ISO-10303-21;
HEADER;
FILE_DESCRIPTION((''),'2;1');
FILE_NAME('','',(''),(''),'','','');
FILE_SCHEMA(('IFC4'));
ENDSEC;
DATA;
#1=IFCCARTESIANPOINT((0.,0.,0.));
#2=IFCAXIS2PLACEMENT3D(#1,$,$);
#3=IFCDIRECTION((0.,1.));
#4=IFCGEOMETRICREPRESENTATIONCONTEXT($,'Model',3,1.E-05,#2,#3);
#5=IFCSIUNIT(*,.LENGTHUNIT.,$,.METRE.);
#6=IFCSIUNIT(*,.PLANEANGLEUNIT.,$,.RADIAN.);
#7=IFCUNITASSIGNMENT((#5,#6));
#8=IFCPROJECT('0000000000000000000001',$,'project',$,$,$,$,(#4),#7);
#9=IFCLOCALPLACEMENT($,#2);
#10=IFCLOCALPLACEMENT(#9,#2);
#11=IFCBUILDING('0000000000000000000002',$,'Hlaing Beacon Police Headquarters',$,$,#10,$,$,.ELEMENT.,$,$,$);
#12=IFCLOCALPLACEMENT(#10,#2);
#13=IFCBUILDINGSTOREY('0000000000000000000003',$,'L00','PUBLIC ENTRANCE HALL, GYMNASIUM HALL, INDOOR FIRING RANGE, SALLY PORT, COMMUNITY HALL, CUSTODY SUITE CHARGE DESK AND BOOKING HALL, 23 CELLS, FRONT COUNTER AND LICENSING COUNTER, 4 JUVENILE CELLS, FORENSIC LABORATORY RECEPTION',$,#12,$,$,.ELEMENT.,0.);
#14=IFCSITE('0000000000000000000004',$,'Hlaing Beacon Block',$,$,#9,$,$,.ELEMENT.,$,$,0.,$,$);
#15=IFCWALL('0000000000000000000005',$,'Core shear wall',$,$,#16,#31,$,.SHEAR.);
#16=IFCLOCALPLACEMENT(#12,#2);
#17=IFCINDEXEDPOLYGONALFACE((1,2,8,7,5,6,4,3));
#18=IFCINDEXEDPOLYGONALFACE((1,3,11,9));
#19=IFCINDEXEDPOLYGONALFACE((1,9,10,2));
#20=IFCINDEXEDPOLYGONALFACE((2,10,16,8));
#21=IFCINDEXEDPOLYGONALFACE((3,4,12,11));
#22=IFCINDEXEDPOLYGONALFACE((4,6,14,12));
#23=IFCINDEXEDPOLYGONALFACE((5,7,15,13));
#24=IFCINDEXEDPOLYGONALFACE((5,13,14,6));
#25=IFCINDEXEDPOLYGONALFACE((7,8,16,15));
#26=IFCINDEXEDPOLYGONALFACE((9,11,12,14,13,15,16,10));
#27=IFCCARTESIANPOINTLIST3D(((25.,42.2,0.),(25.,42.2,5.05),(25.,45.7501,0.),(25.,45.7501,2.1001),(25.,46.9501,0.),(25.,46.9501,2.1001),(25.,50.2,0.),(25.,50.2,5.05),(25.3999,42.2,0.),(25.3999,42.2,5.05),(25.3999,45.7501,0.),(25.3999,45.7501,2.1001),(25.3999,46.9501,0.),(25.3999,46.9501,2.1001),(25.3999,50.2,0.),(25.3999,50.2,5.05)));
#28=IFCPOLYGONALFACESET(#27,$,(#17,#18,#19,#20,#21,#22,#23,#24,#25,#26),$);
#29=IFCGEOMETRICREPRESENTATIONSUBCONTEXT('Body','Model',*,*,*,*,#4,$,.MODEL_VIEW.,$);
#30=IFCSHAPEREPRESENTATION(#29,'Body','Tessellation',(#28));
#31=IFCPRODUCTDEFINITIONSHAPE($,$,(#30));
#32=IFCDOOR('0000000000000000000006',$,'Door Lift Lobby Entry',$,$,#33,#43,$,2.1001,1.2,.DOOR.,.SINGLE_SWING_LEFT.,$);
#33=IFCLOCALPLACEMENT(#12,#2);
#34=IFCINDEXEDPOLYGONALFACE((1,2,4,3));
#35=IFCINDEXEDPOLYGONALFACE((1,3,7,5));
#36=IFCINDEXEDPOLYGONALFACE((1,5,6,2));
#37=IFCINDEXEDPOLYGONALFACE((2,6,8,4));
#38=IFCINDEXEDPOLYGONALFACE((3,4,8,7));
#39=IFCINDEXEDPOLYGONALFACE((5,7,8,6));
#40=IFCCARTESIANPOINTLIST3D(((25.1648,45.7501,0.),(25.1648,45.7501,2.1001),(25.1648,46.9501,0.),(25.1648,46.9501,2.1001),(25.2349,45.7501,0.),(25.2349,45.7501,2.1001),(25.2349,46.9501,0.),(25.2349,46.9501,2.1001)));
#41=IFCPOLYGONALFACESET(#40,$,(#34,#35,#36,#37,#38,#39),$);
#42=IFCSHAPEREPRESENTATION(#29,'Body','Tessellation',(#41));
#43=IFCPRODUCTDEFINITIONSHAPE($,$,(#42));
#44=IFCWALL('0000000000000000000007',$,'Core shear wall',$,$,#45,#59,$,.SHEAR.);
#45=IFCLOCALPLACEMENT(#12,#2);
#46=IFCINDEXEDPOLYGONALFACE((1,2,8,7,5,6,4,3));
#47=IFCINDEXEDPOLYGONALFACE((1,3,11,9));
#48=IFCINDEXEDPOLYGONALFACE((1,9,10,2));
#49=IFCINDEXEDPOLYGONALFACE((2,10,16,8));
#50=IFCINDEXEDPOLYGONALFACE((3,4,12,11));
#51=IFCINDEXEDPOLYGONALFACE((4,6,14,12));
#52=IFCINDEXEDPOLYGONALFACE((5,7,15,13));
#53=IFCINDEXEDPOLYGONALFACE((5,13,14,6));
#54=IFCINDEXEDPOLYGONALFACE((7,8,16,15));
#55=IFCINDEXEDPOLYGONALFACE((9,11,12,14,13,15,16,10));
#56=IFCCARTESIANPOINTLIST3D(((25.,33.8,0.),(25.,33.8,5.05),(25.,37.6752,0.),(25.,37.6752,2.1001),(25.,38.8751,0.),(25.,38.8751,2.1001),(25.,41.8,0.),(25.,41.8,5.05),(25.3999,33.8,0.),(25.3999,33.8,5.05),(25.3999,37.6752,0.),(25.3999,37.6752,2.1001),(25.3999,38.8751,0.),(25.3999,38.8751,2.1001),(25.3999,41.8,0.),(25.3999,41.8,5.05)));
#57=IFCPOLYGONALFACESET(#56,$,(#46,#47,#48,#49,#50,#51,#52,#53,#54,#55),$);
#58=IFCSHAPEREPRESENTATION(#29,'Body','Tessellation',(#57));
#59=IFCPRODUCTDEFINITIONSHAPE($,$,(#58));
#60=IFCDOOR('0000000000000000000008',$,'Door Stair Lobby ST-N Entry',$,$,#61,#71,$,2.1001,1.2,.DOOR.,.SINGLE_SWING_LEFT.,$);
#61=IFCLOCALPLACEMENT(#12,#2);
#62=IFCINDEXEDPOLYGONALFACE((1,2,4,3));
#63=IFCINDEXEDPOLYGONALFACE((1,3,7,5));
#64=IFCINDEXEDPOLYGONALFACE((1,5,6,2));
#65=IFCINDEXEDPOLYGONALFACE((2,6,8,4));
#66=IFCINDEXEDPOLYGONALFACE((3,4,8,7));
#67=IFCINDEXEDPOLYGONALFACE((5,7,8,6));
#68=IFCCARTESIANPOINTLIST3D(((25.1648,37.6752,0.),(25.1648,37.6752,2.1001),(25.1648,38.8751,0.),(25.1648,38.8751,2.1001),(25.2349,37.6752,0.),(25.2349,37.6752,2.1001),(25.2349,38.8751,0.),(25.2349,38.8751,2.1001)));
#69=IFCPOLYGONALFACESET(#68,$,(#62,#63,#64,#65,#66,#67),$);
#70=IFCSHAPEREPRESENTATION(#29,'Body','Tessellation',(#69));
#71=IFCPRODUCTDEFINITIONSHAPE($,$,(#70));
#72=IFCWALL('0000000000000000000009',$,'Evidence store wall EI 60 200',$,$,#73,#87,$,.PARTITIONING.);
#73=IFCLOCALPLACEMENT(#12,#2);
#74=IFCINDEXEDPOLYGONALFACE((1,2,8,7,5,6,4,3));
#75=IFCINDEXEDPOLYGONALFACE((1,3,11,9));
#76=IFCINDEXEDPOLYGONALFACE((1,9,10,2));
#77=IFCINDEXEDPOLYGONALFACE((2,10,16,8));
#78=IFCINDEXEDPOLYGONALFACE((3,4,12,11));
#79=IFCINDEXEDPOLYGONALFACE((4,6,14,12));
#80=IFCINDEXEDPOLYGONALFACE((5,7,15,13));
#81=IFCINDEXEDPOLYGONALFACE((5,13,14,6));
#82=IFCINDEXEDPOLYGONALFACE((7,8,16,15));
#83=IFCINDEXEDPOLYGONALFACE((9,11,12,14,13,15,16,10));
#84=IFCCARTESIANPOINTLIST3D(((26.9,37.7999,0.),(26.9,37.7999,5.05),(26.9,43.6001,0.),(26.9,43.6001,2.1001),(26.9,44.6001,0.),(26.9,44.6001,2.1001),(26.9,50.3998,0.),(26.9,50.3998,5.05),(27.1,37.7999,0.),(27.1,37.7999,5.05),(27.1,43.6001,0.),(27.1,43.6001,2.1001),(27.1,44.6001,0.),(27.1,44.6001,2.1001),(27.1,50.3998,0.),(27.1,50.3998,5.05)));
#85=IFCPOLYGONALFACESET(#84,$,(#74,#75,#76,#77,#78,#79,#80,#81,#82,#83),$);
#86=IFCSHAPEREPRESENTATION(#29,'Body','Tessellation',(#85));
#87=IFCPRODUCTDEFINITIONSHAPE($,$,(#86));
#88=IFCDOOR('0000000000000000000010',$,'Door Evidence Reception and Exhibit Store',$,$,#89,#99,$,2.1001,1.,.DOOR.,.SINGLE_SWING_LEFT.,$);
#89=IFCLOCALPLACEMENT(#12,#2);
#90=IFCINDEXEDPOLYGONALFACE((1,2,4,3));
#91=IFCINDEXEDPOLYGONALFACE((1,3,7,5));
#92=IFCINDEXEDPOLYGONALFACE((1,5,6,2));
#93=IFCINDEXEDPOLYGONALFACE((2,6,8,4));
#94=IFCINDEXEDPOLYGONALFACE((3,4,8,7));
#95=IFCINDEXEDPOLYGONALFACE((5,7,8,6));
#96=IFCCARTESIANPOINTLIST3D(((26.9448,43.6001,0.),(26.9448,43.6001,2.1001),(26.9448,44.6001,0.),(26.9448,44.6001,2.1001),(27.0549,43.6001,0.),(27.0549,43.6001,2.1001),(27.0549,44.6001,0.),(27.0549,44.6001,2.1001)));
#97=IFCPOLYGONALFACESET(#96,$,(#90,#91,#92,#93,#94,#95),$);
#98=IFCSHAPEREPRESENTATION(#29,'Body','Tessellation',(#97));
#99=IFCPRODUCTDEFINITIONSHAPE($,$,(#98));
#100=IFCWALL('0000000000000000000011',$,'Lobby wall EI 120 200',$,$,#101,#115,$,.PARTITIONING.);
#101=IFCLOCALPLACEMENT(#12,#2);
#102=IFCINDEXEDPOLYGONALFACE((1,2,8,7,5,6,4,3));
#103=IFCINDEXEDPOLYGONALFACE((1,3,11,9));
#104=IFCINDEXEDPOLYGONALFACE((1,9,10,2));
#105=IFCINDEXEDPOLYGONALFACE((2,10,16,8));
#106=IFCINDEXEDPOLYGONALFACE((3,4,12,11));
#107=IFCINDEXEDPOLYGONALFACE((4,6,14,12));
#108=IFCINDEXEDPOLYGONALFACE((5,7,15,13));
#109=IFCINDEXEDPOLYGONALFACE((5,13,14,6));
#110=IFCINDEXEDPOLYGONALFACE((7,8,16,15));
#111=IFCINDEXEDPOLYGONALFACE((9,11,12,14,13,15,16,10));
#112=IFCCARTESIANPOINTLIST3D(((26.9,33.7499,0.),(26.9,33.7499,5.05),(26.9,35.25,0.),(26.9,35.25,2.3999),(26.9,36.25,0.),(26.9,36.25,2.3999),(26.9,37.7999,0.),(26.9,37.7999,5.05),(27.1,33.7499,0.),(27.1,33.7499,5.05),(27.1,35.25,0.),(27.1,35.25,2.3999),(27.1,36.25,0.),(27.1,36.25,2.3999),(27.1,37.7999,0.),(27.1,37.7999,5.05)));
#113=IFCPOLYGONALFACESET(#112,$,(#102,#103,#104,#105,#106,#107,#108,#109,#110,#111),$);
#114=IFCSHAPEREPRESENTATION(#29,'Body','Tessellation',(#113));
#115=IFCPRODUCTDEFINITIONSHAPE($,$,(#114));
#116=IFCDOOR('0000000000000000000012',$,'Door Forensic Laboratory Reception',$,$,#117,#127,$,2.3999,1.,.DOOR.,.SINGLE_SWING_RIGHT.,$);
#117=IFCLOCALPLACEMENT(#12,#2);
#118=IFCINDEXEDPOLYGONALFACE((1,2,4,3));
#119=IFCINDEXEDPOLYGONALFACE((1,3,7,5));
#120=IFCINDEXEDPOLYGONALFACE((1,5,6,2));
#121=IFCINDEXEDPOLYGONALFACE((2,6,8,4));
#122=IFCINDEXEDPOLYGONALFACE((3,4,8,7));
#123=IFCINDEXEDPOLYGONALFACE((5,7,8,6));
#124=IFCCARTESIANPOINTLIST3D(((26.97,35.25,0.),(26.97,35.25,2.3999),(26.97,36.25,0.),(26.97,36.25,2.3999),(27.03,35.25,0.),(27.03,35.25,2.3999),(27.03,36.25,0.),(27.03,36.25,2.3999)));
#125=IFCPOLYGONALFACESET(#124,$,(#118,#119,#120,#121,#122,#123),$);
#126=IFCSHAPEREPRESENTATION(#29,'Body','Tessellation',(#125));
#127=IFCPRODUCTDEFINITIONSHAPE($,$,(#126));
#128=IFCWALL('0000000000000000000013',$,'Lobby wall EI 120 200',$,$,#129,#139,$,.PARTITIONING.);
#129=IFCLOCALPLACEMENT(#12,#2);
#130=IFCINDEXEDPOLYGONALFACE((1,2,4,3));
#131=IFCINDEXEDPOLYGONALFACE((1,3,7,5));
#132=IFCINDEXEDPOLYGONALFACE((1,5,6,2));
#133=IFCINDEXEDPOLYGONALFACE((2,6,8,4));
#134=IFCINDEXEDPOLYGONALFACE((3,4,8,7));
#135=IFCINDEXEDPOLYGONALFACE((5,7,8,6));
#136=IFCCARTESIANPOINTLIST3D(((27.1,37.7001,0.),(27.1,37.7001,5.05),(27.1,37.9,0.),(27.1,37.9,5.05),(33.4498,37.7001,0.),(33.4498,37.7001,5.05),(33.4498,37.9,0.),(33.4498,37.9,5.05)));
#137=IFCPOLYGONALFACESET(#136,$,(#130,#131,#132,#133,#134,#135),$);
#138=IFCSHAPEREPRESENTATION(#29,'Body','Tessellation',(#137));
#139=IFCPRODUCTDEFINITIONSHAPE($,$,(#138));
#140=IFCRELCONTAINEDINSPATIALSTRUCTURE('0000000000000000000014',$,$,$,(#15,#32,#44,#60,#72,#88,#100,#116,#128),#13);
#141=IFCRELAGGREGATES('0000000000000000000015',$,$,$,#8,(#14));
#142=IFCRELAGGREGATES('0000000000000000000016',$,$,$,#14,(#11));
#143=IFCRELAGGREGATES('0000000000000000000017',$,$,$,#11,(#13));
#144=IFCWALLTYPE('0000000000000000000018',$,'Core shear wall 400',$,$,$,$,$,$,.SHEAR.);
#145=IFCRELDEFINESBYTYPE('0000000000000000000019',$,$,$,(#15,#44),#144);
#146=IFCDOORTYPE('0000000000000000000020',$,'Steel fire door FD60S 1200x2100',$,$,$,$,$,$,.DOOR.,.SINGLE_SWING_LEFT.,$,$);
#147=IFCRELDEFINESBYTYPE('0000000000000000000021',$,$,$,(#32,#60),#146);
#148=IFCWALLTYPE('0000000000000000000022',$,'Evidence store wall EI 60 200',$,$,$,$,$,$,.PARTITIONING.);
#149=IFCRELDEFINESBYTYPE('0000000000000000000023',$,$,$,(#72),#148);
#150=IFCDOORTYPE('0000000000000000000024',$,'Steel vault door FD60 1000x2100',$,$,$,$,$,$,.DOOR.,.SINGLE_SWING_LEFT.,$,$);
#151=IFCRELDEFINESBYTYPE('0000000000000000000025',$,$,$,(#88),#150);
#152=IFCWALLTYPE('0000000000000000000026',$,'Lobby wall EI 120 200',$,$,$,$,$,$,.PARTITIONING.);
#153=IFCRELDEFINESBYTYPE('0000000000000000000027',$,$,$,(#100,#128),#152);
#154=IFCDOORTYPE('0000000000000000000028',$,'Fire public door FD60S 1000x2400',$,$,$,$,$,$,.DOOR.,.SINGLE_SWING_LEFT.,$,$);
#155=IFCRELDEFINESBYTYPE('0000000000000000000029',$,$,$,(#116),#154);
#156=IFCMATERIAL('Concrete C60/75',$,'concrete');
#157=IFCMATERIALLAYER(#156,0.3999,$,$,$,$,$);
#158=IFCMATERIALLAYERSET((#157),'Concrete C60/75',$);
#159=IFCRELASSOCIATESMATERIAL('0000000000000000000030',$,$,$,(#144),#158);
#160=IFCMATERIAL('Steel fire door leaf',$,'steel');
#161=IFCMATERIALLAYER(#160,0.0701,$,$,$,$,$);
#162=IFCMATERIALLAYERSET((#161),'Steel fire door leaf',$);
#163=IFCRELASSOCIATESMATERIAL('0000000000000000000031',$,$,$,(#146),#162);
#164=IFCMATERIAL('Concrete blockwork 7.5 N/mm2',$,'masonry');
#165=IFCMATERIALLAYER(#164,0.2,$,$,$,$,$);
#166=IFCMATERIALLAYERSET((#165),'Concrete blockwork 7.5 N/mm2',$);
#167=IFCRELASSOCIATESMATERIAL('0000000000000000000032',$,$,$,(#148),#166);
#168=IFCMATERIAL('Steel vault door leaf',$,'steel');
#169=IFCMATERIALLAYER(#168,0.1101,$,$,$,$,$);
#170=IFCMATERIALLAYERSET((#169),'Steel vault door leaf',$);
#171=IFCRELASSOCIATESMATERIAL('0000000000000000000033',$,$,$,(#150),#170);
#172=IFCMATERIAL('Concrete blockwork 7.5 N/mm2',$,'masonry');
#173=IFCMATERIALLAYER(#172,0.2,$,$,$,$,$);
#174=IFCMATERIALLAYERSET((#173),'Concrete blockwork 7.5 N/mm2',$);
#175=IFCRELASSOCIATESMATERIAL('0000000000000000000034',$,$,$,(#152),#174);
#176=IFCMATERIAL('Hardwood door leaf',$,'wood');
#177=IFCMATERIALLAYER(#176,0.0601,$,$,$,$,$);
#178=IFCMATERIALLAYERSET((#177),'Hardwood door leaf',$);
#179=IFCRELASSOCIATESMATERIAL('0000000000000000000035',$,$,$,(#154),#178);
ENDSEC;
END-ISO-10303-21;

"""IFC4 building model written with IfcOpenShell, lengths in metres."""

from ifc_helpers import new_model, si_unit, direction, frame, frame_2d, origin, place, context, subcontext, project, spatial, rectangle, extrude, material, layer, layer_set, type_object, element, fill, save


model = new_model("IFC4")

# Units and contexts
model_context = context("Model", 3, precision=1e-05, world=origin(), true_north=direction((0.0, 1.0)))
body_context = subcontext(model_context, "Body", "Model", "MODEL_VIEW")
ifc_project = project(units=[si_unit("LENGTHUNIT", "METRE"), si_unit("PLANEANGLEUNIT", "RADIAN")], contexts=[model_context])

# Site, building, storey
site_placement = place(None, origin())
site = spatial("IfcSite", under=ifc_project, at=site_placement, Name="Hlaing Beacon Block", CompositionType="ELEMENT", RefElevation=0.0)
building_placement = place(site_placement, origin())
building = spatial("IfcBuilding", under=site, at=building_placement, Name="Hlaing Beacon Police Headquarters", CompositionType="ELEMENT")
storey_placement = place(building_placement, origin())
storey = spatial("IfcBuildingStorey", under=building, at=storey_placement, Name="L00", Description="PUBLIC ENTRANCE HALL, GYMNASIUM HALL, INDOOR FIRING RANGE, SALLY PORT, COMMUNITY HALL, CUSTODY SUITE CHARGE DESK AND BOOKING HALL, 23 CELLS, FRONT COUNTER AND LICENSING COUNTER, 4 JUVENILE CELLS, FORENSIC LABORATORY RECEPTION", CompositionType="ELEMENT", Elevation=0.0)

# Walls, openings, doors
ifc_material_1 = material(Name="Concrete C60/75", Category="concrete")
ifc_layer_1 = layer(ifc_material_1, 0.3999)
ifc_layer_set_1 = layer_set([ifc_layer_1], Name="Concrete C60/75")
wall_type_1 = type_object("IfcWallType", Name="Core shear wall 400", PredefinedType="SHEAR", material=ifc_layer_set_1)
wall_1_placement = place(storey_placement, frame((25.2, 42.2, 0.0), z_axis=(0.0, 0.0, 1.0), x_axis=(0.0, 1.0, 0.0)))
wall_1 = element("IfcWall", 1, at=wall_1_placement, inside=storey, type_object=wall_type_1, Name="Core shear wall", PredefinedType="SHEAR", context=body_context, shape_type="SweptSolid", body=[
    extrude(rectangle(XDim=8.0, YDim=0.3999, at=frame_2d((4.0, 0.0))), origin(), (0.0, 0.0, 1.0), 5.05),
])
opening_1_placement = place(wall_1_placement, frame((3.55, 0.0, 0.0)))
opening_1 = element("IfcOpeningElement", 2, at=opening_1_placement, cuts=wall_1, PredefinedType="OPENING", context=body_context, shape_type="SweptSolid", body=[
    extrude(rectangle(XDim=1.2, YDim=2.1001, at=frame_2d((0.6001, 1.05))), frame((0.0, 0.21, 0.0), z_axis=(0.0, -1.0, 0.0), x_axis=(1.0, 0.0, 0.0)), (0.0, 0.0, 1.0), 0.4199),
])
ifc_material_2 = material(Name="Steel fire door leaf", Category="steel")
ifc_layer_2 = layer(ifc_material_2, 0.0701)
ifc_layer_set_2 = layer_set([ifc_layer_2], Name="Steel fire door leaf")
door_type_1 = type_object("IfcDoorType", Name="Steel fire door FD60S 1200x2100", OperationType="SINGLE_SWING_LEFT", PredefinedType="DOOR", material=ifc_layer_set_2)
door_1_placement = place(opening_1_placement, origin())
door_1 = element("IfcDoor", 3, at=door_1_placement, inside=storey, type_object=door_type_1, Name="Door Lift Lobby Entry", OperationType="SINGLE_SWING_LEFT", OverallHeight=2.1001, OverallWidth=1.2, PredefinedType="DOOR", context=body_context, shape_type="SweptSolid", body=[
    extrude(rectangle(XDim=1.2, YDim=2.1001, at=frame_2d((0.6001, 1.05))), frame((0.0, 0.0352, 0.0), z_axis=(0.0, -1.0, 0.0), x_axis=(1.0, 0.0, 0.0)), (0.0, 0.0, 1.0), 0.0701),
])
fill(opening_1, door_1)
wall_2_placement = place(storey_placement, frame((25.2, 33.8, 0.0), z_axis=(0.0, 0.0, 1.0), x_axis=(0.0, 1.0, 0.0)))
wall_2 = element("IfcWall", 4, at=wall_2_placement, inside=storey, type_object=wall_type_1, Name="Core shear wall", PredefinedType="SHEAR", context=body_context, shape_type="SweptSolid", body=[
    extrude(rectangle(XDim=8.0, YDim=0.3999, at=frame_2d((4.0, 0.0))), origin(), (0.0, 0.0, 1.0), 5.05),
])
opening_2_placement = place(wall_2_placement, frame((3.875, 0.0, 0.0)))
opening_2 = element("IfcOpeningElement", 5, at=opening_2_placement, cuts=wall_2, PredefinedType="OPENING", context=body_context, shape_type="SweptSolid", body=[
    extrude(rectangle(XDim=1.2, YDim=2.1001, at=frame_2d((0.6001, 1.05))), frame((0.0, 0.21, 0.0), z_axis=(0.0, -1.0, 0.0), x_axis=(1.0, 0.0, 0.0)), (0.0, 0.0, 1.0), 0.4199),
])
door_2_placement = place(opening_2_placement, origin())
door_2 = element("IfcDoor", 6, at=door_2_placement, inside=storey, type_object=door_type_1, Name="Door Stair Lobby ST-N Entry", OperationType="SINGLE_SWING_LEFT", OverallHeight=2.1001, OverallWidth=1.2, PredefinedType="DOOR", context=body_context, shape_type="SweptSolid", body=[
    extrude(rectangle(XDim=1.2, YDim=2.1001, at=frame_2d((0.6001, 1.05))), frame((0.0, 0.0352, 0.0), z_axis=(0.0, -1.0, 0.0), x_axis=(1.0, 0.0, 0.0)), (0.0, 0.0, 1.0), 0.0701),
])
fill(opening_2, door_2)
ifc_material_3 = material(Name="Concrete blockwork 7.5 N/mm2", Category="masonry")
ifc_layer_3 = layer(ifc_material_3, 0.2)
ifc_layer_set_3 = layer_set([ifc_layer_3], Name="Concrete blockwork 7.5 N/mm2")
wall_type_2 = type_object("IfcWallType", Name="Evidence store wall EI 60 200", PredefinedType="PARTITIONING", material=ifc_layer_set_3)
wall_3_placement = place(storey_placement, frame((27.0, 37.8, 0.0), z_axis=(0.0, 0.0, 1.0), x_axis=(0.0, 1.0, 0.0)))
wall_3 = element("IfcWall", 7, at=wall_3_placement, inside=storey, type_object=wall_type_2, Name="Evidence store wall EI 60 200", PredefinedType="PARTITIONING", context=body_context, shape_type="SweptSolid", body=[
    extrude(rectangle(XDim=12.5999, YDim=0.2, at=frame_2d((6.2998, 0.0))), origin(), (0.0, 0.0, 1.0), 5.05),
])
opening_3_placement = place(wall_3_placement, frame((5.8, 0.0, 0.0)))
opening_3 = element("IfcOpeningElement", 8, at=opening_3_placement, cuts=wall_3, PredefinedType="OPENING", context=body_context, shape_type="SweptSolid", body=[
    extrude(rectangle(XDim=1.0, YDim=2.1001, at=frame_2d((0.5, 1.05))), frame((0.0, 0.1099, 0.0), z_axis=(0.0, -1.0, 0.0), x_axis=(1.0, 0.0, 0.0)), (0.0, 0.0, 1.0), 0.22),
])
ifc_material_4 = material(Name="Steel vault door leaf", Category="steel")
ifc_layer_4 = layer(ifc_material_4, 0.1101)
ifc_layer_set_4 = layer_set([ifc_layer_4], Name="Steel vault door leaf")
door_type_2 = type_object("IfcDoorType", Name="Steel vault door FD60 1000x2100", OperationType="SINGLE_SWING_LEFT", PredefinedType="DOOR", material=ifc_layer_set_4)
door_3_placement = place(opening_3_placement, frame((1.0, 0.0, 0.0), z_axis=(0.0, 0.0, 1.0), x_axis=(-1.0, 0.0, 0.0)))
door_3 = element("IfcDoor", 9, at=door_3_placement, inside=storey, type_object=door_type_2, Name="Door Evidence Reception and Exhibit Store", OperationType="SINGLE_SWING_LEFT", OverallHeight=2.1001, OverallWidth=1.0, PredefinedType="DOOR", context=body_context, shape_type="SweptSolid", body=[
    extrude(rectangle(XDim=1.0, YDim=2.1001, at=frame_2d((0.5, 1.05))), frame((0.0, 0.0549, 0.0), z_axis=(0.0, -1.0, 0.0), x_axis=(1.0, 0.0, 0.0)), (0.0, 0.0, 1.0), 0.1101),
])
fill(opening_3, door_3)
ifc_material_5 = material(Name="Concrete blockwork 7.5 N/mm2", Category="masonry")
ifc_layer_5 = layer(ifc_material_5, 0.2)
ifc_layer_set_5 = layer_set([ifc_layer_5], Name="Concrete blockwork 7.5 N/mm2")
wall_type_3 = type_object("IfcWallType", Name="Lobby wall EI 120 200", PredefinedType="PARTITIONING", material=ifc_layer_set_5)
wall_4_placement = place(storey_placement, frame((27.0, 33.75, 0.0), z_axis=(0.0, 0.0, 1.0), x_axis=(0.0, 1.0, 0.0)))
wall_4 = element("IfcWall", 10, at=wall_4_placement, inside=storey, type_object=wall_type_3, Name="Lobby wall EI 120 200", PredefinedType="PARTITIONING", context=body_context, shape_type="SweptSolid", body=[
    extrude(rectangle(XDim=4.05, YDim=0.2, at=frame_2d((2.0249, 0.0))), origin(), (0.0, 0.0, 1.0), 5.05),
])
opening_4_placement = place(wall_4_placement, frame((1.5, 0.0, 0.0)))
opening_4 = element("IfcOpeningElement", 11, at=opening_4_placement, cuts=wall_4, PredefinedType="OPENING", context=body_context, shape_type="SweptSolid", body=[
    extrude(rectangle(XDim=1.0, YDim=2.3999, at=frame_2d((0.5, 1.2))), frame((0.0, 0.1099, 0.0), z_axis=(0.0, -1.0, 0.0), x_axis=(1.0, 0.0, 0.0)), (0.0, 0.0, 1.0), 0.22),
])
ifc_material_6 = material(Name="Hardwood door leaf", Category="wood")
ifc_layer_6 = layer(ifc_material_6, 0.0601)
ifc_layer_set_6 = layer_set([ifc_layer_6], Name="Hardwood door leaf")
door_type_3 = type_object("IfcDoorType", Name="Fire public door FD60S 1000x2400", OperationType="SINGLE_SWING_LEFT", PredefinedType="DOOR", material=ifc_layer_set_6)
door_4_placement = place(opening_4_placement, frame((1.0, 0.0, 0.0), z_axis=(0.0, 0.0, 1.0), x_axis=(-1.0, 0.0, 0.0)))
door_4 = element("IfcDoor", 12, at=door_4_placement, inside=storey, type_object=door_type_3, Name="Door Forensic Laboratory Reception", OperationType="SINGLE_SWING_RIGHT", OverallHeight=2.3999, OverallWidth=1.0, PredefinedType="DOOR", context=body_context, shape_type="SweptSolid", body=[
    extrude(rectangle(XDim=1.0, YDim=2.3999, at=frame_2d((0.5, 1.2))), frame((0.0, 0.03, 0.0), z_axis=(0.0, -1.0, 0.0), x_axis=(1.0, 0.0, 0.0)), (0.0, 0.0, 1.0), 0.0601),
])
fill(opening_4, door_4)

# Wall
wall_5_placement = place(storey_placement, frame((27.1001, 37.8, 0.0), z_axis=(0.0, 0.0, 1.0), x_axis=(1.0, 0.0, 0.0)))
element("IfcWall", 13, at=wall_5_placement, inside=storey, type_object=wall_type_3, Name="Lobby wall EI 120 200", PredefinedType="PARTITIONING", context=body_context, shape_type="SweptSolid", body=[
    extrude(rectangle(XDim=6.3499, YDim=0.2, at=frame_2d((3.1748, 0.0))), origin(), (0.0, 0.0, 1.0), 5.05),
])

save(model, "model.ifc")
